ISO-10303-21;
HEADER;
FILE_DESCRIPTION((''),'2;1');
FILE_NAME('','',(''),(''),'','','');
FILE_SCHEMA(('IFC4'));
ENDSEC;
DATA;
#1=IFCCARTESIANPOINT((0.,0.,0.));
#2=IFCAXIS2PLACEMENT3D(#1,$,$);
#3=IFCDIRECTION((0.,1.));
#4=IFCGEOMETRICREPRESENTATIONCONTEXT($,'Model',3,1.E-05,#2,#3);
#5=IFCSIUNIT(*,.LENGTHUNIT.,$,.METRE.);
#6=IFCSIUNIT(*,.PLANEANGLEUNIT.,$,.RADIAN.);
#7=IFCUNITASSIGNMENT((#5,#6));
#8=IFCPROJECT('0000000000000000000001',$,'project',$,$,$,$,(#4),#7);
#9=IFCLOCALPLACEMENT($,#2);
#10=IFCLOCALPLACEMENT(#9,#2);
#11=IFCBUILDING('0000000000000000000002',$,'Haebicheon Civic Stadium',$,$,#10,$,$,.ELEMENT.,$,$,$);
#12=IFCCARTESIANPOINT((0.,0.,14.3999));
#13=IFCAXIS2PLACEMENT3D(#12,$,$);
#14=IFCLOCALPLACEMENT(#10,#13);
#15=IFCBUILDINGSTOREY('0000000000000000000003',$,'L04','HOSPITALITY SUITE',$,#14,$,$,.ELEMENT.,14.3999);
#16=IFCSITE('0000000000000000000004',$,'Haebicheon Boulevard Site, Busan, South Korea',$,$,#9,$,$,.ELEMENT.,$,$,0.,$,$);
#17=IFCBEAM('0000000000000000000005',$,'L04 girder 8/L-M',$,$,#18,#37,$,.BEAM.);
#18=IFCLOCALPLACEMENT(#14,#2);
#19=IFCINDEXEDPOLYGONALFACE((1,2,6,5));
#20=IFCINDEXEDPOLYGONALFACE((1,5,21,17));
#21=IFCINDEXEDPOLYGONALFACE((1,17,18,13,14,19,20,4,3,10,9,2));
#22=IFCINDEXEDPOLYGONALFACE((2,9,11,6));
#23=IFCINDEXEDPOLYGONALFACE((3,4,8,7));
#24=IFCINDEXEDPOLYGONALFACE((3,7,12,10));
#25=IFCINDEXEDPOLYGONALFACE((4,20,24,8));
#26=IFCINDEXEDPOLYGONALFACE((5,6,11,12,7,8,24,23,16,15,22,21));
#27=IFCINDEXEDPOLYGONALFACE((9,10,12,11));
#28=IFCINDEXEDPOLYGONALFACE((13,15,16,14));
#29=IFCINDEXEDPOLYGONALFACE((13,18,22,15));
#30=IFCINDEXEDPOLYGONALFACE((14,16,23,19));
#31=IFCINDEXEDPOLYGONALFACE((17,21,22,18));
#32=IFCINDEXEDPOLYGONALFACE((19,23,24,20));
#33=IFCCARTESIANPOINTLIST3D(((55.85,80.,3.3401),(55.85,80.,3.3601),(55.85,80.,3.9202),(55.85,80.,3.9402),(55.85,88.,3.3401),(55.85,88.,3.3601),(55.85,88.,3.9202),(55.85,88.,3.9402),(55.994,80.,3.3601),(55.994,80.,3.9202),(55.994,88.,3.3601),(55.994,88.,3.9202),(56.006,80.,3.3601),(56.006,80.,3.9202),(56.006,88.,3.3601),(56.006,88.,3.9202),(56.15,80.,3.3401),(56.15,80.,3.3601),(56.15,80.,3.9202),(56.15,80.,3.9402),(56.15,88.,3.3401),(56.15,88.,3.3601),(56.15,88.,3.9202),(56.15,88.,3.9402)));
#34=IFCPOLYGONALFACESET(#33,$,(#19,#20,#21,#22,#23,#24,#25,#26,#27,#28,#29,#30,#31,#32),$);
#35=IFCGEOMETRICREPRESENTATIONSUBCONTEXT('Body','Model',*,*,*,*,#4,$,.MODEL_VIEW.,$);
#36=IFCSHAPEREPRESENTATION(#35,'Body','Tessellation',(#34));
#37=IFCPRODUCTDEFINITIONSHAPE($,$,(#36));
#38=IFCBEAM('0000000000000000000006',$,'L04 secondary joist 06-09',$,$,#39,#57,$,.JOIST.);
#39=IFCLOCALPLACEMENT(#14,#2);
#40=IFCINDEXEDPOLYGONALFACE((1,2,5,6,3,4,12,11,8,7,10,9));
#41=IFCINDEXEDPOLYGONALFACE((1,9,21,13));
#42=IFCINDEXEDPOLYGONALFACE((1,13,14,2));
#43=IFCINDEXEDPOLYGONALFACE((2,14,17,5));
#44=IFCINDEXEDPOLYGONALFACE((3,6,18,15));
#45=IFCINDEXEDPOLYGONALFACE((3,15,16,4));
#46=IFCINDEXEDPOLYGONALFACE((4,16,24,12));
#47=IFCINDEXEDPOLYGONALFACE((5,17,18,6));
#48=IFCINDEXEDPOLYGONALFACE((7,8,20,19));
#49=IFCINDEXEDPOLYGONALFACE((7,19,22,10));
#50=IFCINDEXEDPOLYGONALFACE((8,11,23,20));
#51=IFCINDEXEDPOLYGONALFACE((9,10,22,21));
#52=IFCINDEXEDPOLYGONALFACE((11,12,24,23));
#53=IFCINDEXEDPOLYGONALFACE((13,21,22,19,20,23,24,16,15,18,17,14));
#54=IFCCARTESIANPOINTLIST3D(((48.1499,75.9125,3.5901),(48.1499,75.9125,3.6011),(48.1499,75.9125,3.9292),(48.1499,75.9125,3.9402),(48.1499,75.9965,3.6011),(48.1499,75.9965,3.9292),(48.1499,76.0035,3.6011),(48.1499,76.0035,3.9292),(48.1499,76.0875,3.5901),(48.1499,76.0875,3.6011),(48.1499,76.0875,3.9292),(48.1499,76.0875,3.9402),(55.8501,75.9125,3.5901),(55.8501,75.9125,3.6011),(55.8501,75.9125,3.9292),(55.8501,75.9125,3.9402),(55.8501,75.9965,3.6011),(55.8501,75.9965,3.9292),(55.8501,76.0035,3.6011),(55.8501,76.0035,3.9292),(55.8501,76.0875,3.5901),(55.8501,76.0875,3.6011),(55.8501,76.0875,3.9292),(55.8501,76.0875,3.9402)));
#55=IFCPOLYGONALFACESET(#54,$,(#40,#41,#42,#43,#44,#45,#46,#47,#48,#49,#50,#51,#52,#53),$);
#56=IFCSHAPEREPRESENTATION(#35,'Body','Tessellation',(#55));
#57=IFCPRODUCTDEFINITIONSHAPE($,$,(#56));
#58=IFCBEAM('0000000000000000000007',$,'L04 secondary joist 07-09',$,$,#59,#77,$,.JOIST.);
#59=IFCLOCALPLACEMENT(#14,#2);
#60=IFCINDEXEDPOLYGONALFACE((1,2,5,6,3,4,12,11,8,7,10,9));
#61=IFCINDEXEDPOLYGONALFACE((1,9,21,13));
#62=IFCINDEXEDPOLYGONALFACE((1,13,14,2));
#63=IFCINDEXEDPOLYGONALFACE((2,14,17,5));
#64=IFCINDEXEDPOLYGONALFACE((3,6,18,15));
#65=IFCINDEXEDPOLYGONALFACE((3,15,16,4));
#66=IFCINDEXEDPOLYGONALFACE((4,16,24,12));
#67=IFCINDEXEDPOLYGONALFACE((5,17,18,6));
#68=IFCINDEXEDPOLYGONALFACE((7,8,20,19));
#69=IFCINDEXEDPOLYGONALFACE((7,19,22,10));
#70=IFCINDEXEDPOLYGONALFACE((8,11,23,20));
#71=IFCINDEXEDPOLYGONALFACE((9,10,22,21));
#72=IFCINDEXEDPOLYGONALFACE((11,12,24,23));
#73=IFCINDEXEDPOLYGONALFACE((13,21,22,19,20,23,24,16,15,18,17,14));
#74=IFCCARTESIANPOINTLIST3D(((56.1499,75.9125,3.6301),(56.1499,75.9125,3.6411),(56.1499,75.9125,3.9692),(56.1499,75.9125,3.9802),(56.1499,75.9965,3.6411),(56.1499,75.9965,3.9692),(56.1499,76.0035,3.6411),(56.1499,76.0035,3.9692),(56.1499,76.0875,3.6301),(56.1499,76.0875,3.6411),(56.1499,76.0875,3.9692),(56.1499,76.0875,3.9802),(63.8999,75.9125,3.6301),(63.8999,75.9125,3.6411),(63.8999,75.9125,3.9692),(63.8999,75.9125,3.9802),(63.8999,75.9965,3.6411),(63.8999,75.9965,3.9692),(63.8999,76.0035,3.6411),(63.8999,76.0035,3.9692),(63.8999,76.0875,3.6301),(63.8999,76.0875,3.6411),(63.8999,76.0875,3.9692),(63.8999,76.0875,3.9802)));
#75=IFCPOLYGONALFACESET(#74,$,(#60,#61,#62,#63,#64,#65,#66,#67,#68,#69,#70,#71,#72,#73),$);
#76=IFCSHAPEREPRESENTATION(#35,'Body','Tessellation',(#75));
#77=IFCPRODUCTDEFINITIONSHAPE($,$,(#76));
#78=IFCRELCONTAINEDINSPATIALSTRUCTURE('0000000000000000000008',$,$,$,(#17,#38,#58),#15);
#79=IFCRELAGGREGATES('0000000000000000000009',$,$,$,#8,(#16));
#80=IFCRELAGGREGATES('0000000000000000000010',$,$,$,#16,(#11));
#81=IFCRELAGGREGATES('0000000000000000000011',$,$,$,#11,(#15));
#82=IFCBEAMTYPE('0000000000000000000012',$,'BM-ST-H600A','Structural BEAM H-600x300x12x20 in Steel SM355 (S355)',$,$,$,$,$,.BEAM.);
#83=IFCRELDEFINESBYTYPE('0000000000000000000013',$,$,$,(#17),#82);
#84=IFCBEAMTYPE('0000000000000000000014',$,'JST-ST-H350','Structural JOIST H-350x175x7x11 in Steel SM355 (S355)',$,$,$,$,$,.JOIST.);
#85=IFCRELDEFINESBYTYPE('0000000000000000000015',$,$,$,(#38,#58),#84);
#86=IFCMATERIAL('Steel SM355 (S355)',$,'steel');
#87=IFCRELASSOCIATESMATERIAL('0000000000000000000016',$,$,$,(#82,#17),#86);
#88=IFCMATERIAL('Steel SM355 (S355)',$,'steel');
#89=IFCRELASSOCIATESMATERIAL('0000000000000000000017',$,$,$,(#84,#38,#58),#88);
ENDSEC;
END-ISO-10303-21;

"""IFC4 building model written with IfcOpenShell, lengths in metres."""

from ifc_helpers import new_model, si_unit, direction, frame, origin, origin_2d, place, context, subcontext, project, spatial, i_section, extrude, material, material_profile, profile_set, type_object, element, save


model = new_model("IFC4")

# Units and contexts
model_context = context("Model", 3, precision=1e-05, world=origin(), true_north=direction((0.0, 1.0)))
body_context = subcontext(model_context, "Body", "Model", "MODEL_VIEW")
ifc_project = project(units=[si_unit("LENGTHUNIT", "METRE"), si_unit("PLANEANGLEUNIT", "RADIAN")], contexts=[model_context])

# Site, building, storey
site_placement = place(None, origin())
site = spatial("IfcSite", under=ifc_project, at=site_placement, Name="Haebicheon Boulevard Site, Busan, South Korea", CompositionType="ELEMENT", RefElevation=0.0)
building_placement = place(site_placement, origin())
building = spatial("IfcBuilding", under=site, at=building_placement, Name="Haebicheon Civic Stadium", CompositionType="ELEMENT")
storey_placement = place(building_placement, frame((0.0, 0.0, 14.3999)))
storey = spatial("IfcBuildingStorey", under=building, at=storey_placement, Name="L04", Description="HOSPITALITY SUITE", CompositionType="ELEMENT", Elevation=14.3999)

# Beams
ifc_material_1 = material(Name="Steel SM355 (S355)", Category="steel")
ifc_material_profile_1 = material_profile(ifc_material_1, i_section(OverallWidth=0.3, OverallDepth=0.6001, WebThickness=0.012, FlangeThickness=0.02, at=origin_2d()), Name="H-600x300x12x20")
ifc_profile_set_1 = profile_set([ifc_material_profile_1], Name="Steel SM355 (S355)")
beam_type_1 = type_object("IfcBeamType", Name="BM-ST-H600A", Description="Structural BEAM H-600x300x12x20 in Steel SM355 (S355)", PredefinedType="BEAM", material=ifc_profile_set_1)
for number, where, z_axis, x_axis, name in (
    (1, (56.0, 80.0, 3.6401), (0.0, 1.0, 0.0), (-1.0, 0.0, 0.0), "L04 girder 8/L-M"),
):
    element("IfcBeam", number, at=place(storey_placement, frame(where, z_axis=z_axis, x_axis=x_axis)), inside=storey, type_object=beam_type_1, material=ifc_profile_set_1, Name=name, PredefinedType="BEAM", context=body_context, shape_type="SweptSolid", body=[
        extrude(i_section(OverallWidth=0.3, OverallDepth=0.6001, WebThickness=0.012, FlangeThickness=0.02, at=origin_2d()), origin(), (0.0, 0.0, 1.0), 8.0),
    ])
ifc_material_2 = material(Name="Steel SM355 (S355)", Category="steel")
ifc_material_profile_2 = material_profile(ifc_material_2, i_section(OverallWidth=0.175, OverallDepth=0.3501, WebThickness=0.0071, FlangeThickness=0.011, at=origin_2d()), Name="H-350x175x7x11")
ifc_profile_set_2 = profile_set([ifc_material_profile_2], Name="Steel SM355 (S355)")
beam_type_2 = type_object("IfcBeamType", Name="JST-ST-H350", Description="Structural JOIST H-350x175x7x11 in Steel SM355 (S355)", PredefinedType="JOIST", material=ifc_profile_set_2)
beam_1_placement = place(storey_placement, frame((48.1499, 76.0, 3.7651), z_axis=(1.0, 0.0, 0.0), x_axis=(0.0, 1.0, 0.0)))
element("IfcBeam", 2, at=beam_1_placement, inside=storey, type_object=beam_type_2, material=ifc_profile_set_2, Name="L04 secondary joist 06-09", PredefinedType="JOIST", context=body_context, shape_type="SweptSolid", body=[
    extrude(i_section(OverallWidth=0.175, OverallDepth=0.3501, WebThickness=0.0071, FlangeThickness=0.011, at=origin_2d()), origin(), (0.0, 0.0, 1.0), 7.7002),
])
beam_2_placement = place(storey_placement, frame((56.1499, 76.0, 3.8052), z_axis=(1.0, 0.0, 0.0), x_axis=(0.0, 1.0, 0.0)))
element("IfcBeam", 3, at=beam_2_placement, inside=storey, type_object=beam_type_2, material=ifc_profile_set_2, Name="L04 secondary joist 07-09", PredefinedType="JOIST", context=body_context, shape_type="SweptSolid", body=[
    extrude(i_section(OverallWidth=0.175, OverallDepth=0.3501, WebThickness=0.0071, FlangeThickness=0.011, at=origin_2d()), origin(), (0.0, 0.0, 1.0), 7.75),
])

save(model, "model.ifc")
